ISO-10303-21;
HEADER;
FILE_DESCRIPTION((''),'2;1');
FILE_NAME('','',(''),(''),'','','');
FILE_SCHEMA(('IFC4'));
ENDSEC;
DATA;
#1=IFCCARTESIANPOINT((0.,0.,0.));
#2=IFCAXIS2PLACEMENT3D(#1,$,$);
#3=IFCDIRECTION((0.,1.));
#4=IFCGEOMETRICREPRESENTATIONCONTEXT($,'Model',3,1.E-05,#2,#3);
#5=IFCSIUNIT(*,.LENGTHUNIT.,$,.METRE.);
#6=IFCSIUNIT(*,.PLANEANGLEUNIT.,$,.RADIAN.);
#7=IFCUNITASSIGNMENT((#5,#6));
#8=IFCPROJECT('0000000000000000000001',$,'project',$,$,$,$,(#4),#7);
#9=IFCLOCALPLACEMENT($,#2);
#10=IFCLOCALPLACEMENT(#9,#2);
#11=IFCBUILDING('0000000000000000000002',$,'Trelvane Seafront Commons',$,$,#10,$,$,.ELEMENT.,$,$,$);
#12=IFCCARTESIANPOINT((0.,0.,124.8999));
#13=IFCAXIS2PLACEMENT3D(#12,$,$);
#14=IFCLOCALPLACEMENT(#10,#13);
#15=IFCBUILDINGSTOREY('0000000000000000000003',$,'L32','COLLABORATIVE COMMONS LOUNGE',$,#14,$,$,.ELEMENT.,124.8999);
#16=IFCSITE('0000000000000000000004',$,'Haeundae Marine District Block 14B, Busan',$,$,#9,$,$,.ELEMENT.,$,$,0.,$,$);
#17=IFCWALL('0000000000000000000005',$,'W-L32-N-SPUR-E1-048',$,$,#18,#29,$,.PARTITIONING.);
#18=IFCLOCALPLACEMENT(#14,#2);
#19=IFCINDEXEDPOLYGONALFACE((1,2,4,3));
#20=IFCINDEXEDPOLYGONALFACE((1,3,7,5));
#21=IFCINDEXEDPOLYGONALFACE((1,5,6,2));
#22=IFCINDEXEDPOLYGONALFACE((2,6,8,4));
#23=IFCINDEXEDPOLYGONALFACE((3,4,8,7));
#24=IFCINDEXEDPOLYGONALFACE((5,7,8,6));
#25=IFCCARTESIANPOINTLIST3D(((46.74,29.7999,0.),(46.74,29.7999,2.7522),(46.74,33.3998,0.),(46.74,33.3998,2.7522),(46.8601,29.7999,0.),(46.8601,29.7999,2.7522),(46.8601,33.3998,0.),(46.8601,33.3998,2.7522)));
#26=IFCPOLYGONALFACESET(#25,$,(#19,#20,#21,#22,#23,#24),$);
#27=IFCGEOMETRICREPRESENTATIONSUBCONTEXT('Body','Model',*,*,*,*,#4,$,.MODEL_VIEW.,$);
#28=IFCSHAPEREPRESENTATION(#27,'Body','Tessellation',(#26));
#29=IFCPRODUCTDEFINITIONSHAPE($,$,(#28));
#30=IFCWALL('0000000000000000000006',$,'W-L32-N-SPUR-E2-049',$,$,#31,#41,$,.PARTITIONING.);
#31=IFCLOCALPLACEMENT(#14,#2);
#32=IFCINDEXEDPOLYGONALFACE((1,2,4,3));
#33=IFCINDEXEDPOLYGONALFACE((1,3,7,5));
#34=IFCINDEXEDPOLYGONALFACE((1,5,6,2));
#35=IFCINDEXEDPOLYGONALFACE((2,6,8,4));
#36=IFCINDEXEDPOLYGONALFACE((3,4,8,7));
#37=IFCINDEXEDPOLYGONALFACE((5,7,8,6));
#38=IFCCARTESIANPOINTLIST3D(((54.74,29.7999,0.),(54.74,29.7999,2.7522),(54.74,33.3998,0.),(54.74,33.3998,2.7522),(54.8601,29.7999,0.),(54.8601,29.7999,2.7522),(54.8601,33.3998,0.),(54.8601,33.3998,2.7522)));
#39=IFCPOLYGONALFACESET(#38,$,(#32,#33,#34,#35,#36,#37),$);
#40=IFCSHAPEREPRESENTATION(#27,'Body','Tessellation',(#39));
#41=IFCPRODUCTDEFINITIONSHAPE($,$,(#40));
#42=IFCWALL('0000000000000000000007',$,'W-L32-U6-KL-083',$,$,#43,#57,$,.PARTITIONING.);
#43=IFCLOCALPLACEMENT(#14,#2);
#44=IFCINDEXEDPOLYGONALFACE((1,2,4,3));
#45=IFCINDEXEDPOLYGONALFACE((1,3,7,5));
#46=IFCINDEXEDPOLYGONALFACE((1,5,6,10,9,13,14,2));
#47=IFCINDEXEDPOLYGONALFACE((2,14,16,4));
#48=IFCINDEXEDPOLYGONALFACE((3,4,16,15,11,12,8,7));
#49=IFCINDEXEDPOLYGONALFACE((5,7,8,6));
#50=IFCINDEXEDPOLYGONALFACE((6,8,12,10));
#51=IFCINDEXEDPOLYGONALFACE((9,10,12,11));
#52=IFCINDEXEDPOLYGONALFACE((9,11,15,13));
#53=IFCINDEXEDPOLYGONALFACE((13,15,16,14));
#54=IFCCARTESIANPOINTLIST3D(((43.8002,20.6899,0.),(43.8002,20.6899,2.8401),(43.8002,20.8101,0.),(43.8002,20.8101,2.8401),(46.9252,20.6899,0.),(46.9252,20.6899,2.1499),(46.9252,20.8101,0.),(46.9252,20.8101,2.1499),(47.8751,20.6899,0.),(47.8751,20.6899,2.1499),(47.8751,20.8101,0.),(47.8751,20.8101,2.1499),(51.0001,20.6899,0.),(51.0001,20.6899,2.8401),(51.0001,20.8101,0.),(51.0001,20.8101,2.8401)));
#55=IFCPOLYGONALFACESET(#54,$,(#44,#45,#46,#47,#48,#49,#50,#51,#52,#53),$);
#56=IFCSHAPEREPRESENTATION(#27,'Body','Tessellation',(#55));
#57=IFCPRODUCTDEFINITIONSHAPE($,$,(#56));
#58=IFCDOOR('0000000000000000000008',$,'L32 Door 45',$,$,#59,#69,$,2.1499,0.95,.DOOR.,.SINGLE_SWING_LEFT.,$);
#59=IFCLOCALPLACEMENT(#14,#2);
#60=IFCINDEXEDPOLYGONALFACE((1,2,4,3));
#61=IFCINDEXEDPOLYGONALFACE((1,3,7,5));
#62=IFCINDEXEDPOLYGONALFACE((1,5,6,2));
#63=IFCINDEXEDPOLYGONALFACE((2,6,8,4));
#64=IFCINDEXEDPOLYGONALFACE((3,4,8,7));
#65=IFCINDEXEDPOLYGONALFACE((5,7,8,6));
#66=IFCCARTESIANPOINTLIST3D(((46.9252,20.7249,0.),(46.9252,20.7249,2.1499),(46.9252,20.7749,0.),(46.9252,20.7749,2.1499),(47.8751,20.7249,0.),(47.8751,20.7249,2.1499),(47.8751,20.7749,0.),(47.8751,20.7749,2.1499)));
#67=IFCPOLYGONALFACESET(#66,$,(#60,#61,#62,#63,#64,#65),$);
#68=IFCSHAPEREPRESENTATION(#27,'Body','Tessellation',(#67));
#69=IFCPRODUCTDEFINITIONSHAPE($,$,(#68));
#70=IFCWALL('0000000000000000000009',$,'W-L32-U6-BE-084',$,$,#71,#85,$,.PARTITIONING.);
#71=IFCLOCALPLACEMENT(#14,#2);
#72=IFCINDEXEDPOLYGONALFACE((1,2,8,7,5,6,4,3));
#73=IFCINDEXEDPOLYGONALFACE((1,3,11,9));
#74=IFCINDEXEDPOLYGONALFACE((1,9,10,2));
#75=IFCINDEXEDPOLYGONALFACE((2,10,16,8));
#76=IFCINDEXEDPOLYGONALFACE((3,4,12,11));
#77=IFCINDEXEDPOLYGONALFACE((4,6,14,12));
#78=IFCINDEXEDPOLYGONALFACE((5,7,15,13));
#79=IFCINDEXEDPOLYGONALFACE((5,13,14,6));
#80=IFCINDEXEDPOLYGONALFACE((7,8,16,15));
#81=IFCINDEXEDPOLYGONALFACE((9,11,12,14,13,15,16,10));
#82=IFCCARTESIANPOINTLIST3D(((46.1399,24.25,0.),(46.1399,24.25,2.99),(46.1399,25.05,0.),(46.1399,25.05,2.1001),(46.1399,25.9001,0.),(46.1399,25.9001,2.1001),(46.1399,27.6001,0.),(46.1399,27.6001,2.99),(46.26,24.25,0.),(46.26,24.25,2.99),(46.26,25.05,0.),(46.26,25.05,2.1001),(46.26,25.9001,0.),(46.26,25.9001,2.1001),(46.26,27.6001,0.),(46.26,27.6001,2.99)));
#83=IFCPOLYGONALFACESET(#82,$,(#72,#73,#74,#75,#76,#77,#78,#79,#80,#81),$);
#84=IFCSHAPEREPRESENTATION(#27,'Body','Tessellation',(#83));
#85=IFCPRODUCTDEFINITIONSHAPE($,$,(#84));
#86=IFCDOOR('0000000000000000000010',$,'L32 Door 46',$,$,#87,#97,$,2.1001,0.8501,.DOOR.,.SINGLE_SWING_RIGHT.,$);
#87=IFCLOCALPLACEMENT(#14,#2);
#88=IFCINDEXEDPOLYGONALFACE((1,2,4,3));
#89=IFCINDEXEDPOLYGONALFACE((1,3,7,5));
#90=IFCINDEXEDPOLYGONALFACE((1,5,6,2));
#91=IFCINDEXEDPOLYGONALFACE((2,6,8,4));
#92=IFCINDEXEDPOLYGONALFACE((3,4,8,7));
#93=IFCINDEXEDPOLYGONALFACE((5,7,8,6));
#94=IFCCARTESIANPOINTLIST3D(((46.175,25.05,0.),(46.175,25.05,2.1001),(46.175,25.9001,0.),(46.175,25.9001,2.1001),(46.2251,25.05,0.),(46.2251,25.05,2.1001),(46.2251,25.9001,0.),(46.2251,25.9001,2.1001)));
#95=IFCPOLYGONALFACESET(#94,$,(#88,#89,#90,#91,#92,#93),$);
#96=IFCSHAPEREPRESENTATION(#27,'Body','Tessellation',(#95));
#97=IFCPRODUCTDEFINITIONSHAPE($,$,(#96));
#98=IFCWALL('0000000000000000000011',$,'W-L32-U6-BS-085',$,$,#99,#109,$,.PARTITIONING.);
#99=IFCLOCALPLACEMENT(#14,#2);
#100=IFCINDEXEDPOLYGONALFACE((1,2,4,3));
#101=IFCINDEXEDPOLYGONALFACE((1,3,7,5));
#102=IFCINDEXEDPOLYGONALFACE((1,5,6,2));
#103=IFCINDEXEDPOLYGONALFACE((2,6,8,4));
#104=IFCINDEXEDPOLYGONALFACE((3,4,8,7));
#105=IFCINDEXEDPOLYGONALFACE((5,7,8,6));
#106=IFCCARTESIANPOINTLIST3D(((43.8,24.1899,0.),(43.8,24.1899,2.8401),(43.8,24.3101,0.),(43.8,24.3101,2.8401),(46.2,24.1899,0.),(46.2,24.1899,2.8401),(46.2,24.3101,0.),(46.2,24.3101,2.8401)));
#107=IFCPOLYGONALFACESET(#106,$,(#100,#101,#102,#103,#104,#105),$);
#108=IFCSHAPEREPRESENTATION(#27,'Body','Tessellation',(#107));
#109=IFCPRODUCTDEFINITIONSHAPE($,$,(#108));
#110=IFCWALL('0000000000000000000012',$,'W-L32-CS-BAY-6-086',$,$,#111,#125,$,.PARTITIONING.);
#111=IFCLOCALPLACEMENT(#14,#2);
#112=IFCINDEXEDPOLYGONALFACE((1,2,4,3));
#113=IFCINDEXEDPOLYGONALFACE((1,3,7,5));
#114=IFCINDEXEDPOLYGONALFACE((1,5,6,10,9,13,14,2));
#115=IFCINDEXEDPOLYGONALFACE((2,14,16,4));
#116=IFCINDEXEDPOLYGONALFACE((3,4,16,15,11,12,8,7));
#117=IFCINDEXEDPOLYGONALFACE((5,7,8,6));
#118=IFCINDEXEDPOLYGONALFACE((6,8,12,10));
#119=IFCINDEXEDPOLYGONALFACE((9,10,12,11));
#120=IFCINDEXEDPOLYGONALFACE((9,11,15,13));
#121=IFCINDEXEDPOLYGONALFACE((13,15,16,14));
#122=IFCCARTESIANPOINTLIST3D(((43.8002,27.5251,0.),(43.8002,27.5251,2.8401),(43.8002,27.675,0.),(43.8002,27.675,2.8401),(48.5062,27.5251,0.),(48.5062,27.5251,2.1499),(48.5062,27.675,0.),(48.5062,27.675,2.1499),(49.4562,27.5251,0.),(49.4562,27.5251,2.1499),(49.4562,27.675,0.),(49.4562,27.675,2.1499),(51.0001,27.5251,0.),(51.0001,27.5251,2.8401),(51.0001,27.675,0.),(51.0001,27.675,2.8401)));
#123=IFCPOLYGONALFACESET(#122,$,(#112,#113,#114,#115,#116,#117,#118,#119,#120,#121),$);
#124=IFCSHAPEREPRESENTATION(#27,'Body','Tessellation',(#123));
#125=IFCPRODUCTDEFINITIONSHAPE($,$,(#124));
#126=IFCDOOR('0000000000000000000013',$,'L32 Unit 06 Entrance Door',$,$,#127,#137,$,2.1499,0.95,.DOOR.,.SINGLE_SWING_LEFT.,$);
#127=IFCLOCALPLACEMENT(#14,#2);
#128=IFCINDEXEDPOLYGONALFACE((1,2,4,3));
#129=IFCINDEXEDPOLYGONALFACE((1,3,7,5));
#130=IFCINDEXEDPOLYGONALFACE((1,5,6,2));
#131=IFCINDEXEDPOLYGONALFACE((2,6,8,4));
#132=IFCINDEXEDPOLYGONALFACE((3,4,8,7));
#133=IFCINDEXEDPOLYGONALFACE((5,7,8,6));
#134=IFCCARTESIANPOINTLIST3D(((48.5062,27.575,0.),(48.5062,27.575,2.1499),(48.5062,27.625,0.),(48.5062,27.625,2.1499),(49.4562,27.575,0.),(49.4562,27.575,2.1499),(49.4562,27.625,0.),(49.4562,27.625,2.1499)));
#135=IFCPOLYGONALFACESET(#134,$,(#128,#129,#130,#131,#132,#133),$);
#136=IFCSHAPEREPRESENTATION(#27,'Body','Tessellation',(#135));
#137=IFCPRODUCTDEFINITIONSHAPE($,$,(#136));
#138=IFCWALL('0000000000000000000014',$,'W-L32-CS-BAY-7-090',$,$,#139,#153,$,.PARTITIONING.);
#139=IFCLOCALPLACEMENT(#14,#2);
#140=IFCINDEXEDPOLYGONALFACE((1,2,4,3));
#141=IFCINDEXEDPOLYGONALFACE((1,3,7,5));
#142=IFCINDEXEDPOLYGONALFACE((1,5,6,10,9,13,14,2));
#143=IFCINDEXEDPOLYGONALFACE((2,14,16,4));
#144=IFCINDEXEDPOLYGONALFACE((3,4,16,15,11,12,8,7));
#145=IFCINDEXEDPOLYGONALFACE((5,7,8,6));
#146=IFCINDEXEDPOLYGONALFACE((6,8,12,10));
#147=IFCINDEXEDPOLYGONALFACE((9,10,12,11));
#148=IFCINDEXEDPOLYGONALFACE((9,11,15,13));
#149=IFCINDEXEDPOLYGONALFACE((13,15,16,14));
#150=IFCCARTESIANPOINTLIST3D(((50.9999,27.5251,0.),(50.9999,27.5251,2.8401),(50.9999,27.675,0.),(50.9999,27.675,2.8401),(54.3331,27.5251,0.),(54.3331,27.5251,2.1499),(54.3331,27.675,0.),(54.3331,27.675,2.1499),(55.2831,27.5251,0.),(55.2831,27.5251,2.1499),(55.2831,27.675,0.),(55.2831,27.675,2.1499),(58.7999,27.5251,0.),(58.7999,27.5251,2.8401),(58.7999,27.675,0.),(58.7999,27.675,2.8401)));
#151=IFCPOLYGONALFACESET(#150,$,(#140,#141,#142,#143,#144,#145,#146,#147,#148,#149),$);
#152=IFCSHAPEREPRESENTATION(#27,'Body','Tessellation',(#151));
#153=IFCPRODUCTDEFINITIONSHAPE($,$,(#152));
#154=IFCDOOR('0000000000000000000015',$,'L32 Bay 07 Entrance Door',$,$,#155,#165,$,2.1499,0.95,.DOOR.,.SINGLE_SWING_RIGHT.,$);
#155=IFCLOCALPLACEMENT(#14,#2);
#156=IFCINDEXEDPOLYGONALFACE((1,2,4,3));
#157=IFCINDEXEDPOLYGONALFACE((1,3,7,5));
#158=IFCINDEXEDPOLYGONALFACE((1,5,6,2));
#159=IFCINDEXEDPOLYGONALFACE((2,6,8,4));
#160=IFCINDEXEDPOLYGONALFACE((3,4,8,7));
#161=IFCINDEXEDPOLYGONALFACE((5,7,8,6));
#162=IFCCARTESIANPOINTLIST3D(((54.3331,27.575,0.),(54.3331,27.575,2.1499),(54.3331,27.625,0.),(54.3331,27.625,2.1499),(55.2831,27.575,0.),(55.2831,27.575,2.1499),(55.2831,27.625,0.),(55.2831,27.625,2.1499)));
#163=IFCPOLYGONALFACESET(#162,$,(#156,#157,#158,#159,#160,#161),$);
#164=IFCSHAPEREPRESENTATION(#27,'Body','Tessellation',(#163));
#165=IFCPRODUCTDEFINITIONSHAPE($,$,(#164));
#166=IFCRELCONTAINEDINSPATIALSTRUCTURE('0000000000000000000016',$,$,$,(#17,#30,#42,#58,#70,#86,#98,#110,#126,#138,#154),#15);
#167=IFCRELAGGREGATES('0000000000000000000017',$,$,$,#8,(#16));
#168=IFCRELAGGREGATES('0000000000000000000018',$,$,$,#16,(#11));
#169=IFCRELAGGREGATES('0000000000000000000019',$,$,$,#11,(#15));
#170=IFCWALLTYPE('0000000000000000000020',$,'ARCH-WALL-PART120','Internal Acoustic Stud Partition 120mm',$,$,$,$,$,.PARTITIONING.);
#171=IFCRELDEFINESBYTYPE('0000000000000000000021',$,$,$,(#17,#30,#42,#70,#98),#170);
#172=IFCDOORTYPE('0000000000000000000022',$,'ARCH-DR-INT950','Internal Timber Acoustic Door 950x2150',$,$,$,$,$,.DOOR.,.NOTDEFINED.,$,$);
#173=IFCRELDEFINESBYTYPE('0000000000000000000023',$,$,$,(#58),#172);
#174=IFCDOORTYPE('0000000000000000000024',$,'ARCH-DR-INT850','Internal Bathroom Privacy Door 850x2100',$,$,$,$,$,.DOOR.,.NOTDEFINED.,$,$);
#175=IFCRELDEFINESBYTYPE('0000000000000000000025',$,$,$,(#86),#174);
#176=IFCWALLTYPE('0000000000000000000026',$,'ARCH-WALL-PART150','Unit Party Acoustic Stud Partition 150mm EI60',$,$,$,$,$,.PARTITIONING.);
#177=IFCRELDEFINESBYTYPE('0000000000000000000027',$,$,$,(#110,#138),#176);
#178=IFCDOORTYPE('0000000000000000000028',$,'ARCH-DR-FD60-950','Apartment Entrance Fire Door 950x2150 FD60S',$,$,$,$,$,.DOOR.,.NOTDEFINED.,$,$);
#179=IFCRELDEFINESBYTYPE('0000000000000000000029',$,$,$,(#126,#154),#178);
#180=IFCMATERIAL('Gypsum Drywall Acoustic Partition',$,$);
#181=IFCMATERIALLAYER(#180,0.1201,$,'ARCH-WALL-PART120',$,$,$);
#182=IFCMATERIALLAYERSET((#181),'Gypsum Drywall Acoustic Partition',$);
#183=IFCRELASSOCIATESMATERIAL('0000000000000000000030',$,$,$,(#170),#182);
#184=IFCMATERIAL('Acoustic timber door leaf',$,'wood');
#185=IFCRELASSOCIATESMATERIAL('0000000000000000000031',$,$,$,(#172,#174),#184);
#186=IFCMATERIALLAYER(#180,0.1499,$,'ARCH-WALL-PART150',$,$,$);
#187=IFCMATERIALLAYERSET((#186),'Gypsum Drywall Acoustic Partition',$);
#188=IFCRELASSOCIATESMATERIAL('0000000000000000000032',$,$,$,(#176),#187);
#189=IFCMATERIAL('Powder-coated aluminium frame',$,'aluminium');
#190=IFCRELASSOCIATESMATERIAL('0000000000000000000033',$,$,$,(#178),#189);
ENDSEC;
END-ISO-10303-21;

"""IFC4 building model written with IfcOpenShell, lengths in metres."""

from ifc_helpers import new_model, si_unit, direction, frame, frame_2d, origin, place, context, subcontext, project, spatial, rectangle, extrude, source, transform, mapped, material, layer, layer_set, type_object, element, fill, save


model = new_model("IFC4")

# Units and contexts
model_context = context("Model", 3, precision=1e-05, world=origin(), true_north=direction((0.0, 1.0)))
body_context = subcontext(model_context, "Body", "Model", "MODEL_VIEW")
ifc_project = project(units=[si_unit("LENGTHUNIT", "METRE"), si_unit("PLANEANGLEUNIT", "RADIAN")], contexts=[model_context])

# Site, building, storey
site_placement = place(None, origin())
site = spatial("IfcSite", under=ifc_project, at=site_placement, Name="Haeundae Marine District Block 14B, Busan", CompositionType="ELEMENT", RefElevation=0.0)
building_placement = place(site_placement, origin())
building = spatial("IfcBuilding", under=site, at=building_placement, Name="Trelvane Seafront Commons", CompositionType="ELEMENT")
storey_placement = place(building_placement, frame((0.0, 0.0, 124.8999)))
storey = spatial("IfcBuildingStorey", under=building, at=storey_placement, Name="L32", Description="COLLABORATIVE COMMONS LOUNGE", CompositionType="ELEMENT", Elevation=124.8999)

# Shared definitions
ifc_material_1 = material(Name="Gypsum Drywall Acoustic Partition")
ifc_layer_1 = layer(ifc_material_1, 0.1201, Name="ARCH-WALL-PART120")
ifc_layer_set_1 = layer_set([ifc_layer_1], Name="Gypsum Drywall Acoustic Partition")
wall_type_1 = type_object("IfcWallType", Name="ARCH-WALL-PART120", Description="Internal Acoustic Stud Partition 120mm", PredefinedType="PARTITIONING", material=ifc_layer_set_1)
ifc_material_2 = material(Name="Acoustic timber door leaf", Category="wood")
door_type_1 = type_object("IfcDoorType", Name="ARCH-DR-INT950", Description="Internal Timber Acoustic Door 950x2150", OperationType="NOTDEFINED", PredefinedType="DOOR", material=ifc_material_2)
shared_shape_1 = source(origin(), body_context, "Body", "SweptSolid", [
    extrude(rectangle(XDim=0.95, YDim=2.1499, at=frame_2d((0.4751, 1.075))), frame((0.0, 0.0249, 0.0), z_axis=(0.0, -1.0, 0.0), x_axis=(1.0, 0.0, 0.0)), (0.0, 0.0, 1.0), 0.05),
])

# Walls
for number, where, z_axis, x_axis, name in (
    (1, (46.8, 29.8, 0.0), (0.0, 0.0, 1.0), (0.0, 1.0, 0.0), "W-L32-N-SPUR-E1-048"),
    (2, (54.8, 29.8, 0.0), (0.0, 0.0, 1.0), (0.0, 1.0, 0.0), "W-L32-N-SPUR-E2-049"),
):
    element("IfcWall", number, at=place(storey_placement, frame(where, z_axis=z_axis, x_axis=x_axis)), inside=storey, type_object=wall_type_1, Name=name, PredefinedType="PARTITIONING", context=body_context, shape_type="SweptSolid", body=[
        extrude(rectangle(XDim=3.5999, YDim=0.1201, at=frame_2d((1.7998, 0.0))), origin(), (0.0, 0.0, 1.0), 2.7522),
    ])

# Walls, openings, doors
wall_1_placement = place(storey_placement, frame((43.8, 20.75, 0.0), z_axis=(0.0, 0.0, 1.0), x_axis=(1.0, 0.0, 0.0)))
wall_1 = element("IfcWall", 3, at=wall_1_placement, inside=storey, type_object=wall_type_1, Name="W-L32-U6-KL-083", PredefinedType="PARTITIONING", context=body_context, shape_type="SweptSolid", body=[
    extrude(rectangle(XDim=7.2, YDim=0.1201, at=frame_2d((3.6001, 0.0))), origin(), (0.0, 0.0, 1.0), 2.8401),
])
opening_1_placement = place(wall_1_placement, frame((3.125, 0.0, 0.0)))
opening_1 = element("IfcOpeningElement", 4, at=opening_1_placement, cuts=wall_1, PredefinedType="OPENING", context=body_context, shape_type="SweptSolid", body=[
    extrude(rectangle(XDim=0.95, YDim=2.1499, at=frame_2d((0.4751, 1.075))), frame((0.0, 0.0701, 0.0), z_axis=(0.0, -1.0, 0.0), x_axis=(1.0, 0.0, 0.0)), (0.0, 0.0, 1.0), 0.1401),
])
door_1_placement = place(opening_1_placement, origin())
door_1 = element("IfcDoor", 5, at=door_1_placement, inside=storey, type_object=door_type_1, Name="L32 Door 45", OperationType="SINGLE_SWING_LEFT", OverallHeight=2.1499, OverallWidth=0.95, PredefinedType="DOOR", context=body_context, shape_type="MappedRepresentation", body=[
    mapped(shared_shape_1, transform((0.0, 0.0, 0.0), x_axis=(1.0, 0.0, 0.0), y_axis=(0.0, 1.0, 0.0), z_axis=(0.0, 0.0, 1.0), scale=1.0)),
])
fill(opening_1, door_1)
wall_2_placement = place(storey_placement, frame((46.2, 24.25, 0.0), z_axis=(0.0, 0.0, 1.0), x_axis=(0.0, 1.0, 0.0)))
wall_2 = element("IfcWall", 6, at=wall_2_placement, inside=storey, type_object=wall_type_1, Name="W-L32-U6-BE-084", PredefinedType="PARTITIONING", context=body_context, shape_type="SweptSolid", body=[
    extrude(rectangle(XDim=3.3501, YDim=0.1201, at=frame_2d((1.675, 0.0))), origin(), (0.0, 0.0, 1.0), 2.99),
])
opening_2_placement = place(wall_2_placement, frame((0.8, 0.0, 0.0)))
opening_2 = element("IfcOpeningElement", 7, at=opening_2_placement, cuts=wall_2, PredefinedType="OPENING", context=body_context, shape_type="SweptSolid", body=[
    extrude(rectangle(XDim=0.8501, YDim=2.1001, at=frame_2d((0.425, 1.05))), frame((0.0, 0.0701, 0.0), z_axis=(0.0, -1.0, 0.0), x_axis=(1.0, 0.0, 0.0)), (0.0, 0.0, 1.0), 0.1401),
])
door_type_2 = type_object("IfcDoorType", Name="ARCH-DR-INT850", Description="Internal Bathroom Privacy Door 850x2100", OperationType="NOTDEFINED", PredefinedType="DOOR", material=ifc_material_2)
shared_shape_2 = source(origin(), body_context, "Body", "SweptSolid", [
    extrude(rectangle(XDim=0.8501, YDim=2.1001, at=frame_2d((0.425, 1.05))), frame((0.0, 0.0249, 0.0), z_axis=(0.0, -1.0, 0.0), x_axis=(1.0, 0.0, 0.0)), (0.0, 0.0, 1.0), 0.05),
])
door_2_placement = place(opening_2_placement, origin())
door_2 = element("IfcDoor", 8, at=door_2_placement, inside=storey, type_object=door_type_2, Name="L32 Door 46", OperationType="SINGLE_SWING_RIGHT", OverallHeight=2.1001, OverallWidth=0.8501, PredefinedType="DOOR", context=body_context, shape_type="MappedRepresentation", body=[
    mapped(shared_shape_2, transform((0.0, 0.0, 0.0), x_axis=(1.0, 0.0, 0.0), y_axis=(0.0, 1.0, 0.0), z_axis=(0.0, 0.0, 1.0), scale=1.0)),
])
fill(opening_2, door_2)

# Wall
wall_3_placement = place(storey_placement, frame((43.8, 24.25, 0.0), z_axis=(0.0, 0.0, 1.0), x_axis=(1.0, 0.0, 0.0)))
element("IfcWall", 9, at=wall_3_placement, inside=storey, type_object=wall_type_1, Name="W-L32-U6-BS-085", PredefinedType="PARTITIONING", context=body_context, shape_type="SweptSolid", body=[
    extrude(rectangle(XDim=2.3999, YDim=0.1201, at=frame_2d((1.2, 0.0))), origin(), (0.0, 0.0, 1.0), 2.8401),
])

# Walls, openings, doors
ifc_layer_2 = layer(ifc_material_1, 0.1499, Name="ARCH-WALL-PART150")
ifc_layer_set_2 = layer_set([ifc_layer_2], Name="Gypsum Drywall Acoustic Partition")
wall_type_2 = type_object("IfcWallType", Name="ARCH-WALL-PART150", Description="Unit Party Acoustic Stud Partition 150mm EI60", PredefinedType="PARTITIONING", material=ifc_layer_set_2)
wall_4_placement = place(storey_placement, frame((43.8, 27.6001, 0.0), z_axis=(0.0, 0.0, 1.0), x_axis=(1.0, 0.0, 0.0)))
wall_4 = element("IfcWall", 10, at=wall_4_placement, inside=storey, type_object=wall_type_2, Name="W-L32-CS-BAY-6-086", PredefinedType="PARTITIONING", context=body_context, shape_type="SweptSolid", body=[
    extrude(rectangle(XDim=7.2, YDim=0.1499, at=frame_2d((3.6001, 0.0))), origin(), (0.0, 0.0, 1.0), 2.8401),
])
opening_3_placement = place(wall_4_placement, frame((4.7061, 0.0, 0.0)))
opening_3 = element("IfcOpeningElement", 11, at=opening_3_placement, cuts=wall_4, PredefinedType="OPENING", context=body_context, shape_type="SweptSolid", body=[
    extrude(rectangle(XDim=0.95, YDim=2.1499, at=frame_2d((0.4751, 1.075))), frame((0.0, 0.085, 0.0), z_axis=(0.0, -1.0, 0.0), x_axis=(1.0, 0.0, 0.0)), (0.0, 0.0, 1.0), 0.1699),
])
ifc_material_3 = material(Name="Powder-coated aluminium frame", Category="aluminium")
door_type_3 = type_object("IfcDoorType", Name="ARCH-DR-FD60-950", Description="Apartment Entrance Fire Door 950x2150 FD60S", OperationType="NOTDEFINED", PredefinedType="DOOR", material=ifc_material_3)
door_3_placement = place(opening_3_placement, origin())
door_3 = element("IfcDoor", 12, at=door_3_placement, inside=storey, type_object=door_type_3, Name="L32 Unit 06 Entrance Door", OperationType="SINGLE_SWING_LEFT", OverallHeight=2.1499, OverallWidth=0.95, PredefinedType="DOOR", context=body_context, shape_type="MappedRepresentation", body=[
    mapped(shared_shape_1, transform((0.0, 0.0, 0.0), x_axis=(1.0, 0.0, 0.0), y_axis=(0.0, 1.0, 0.0), z_axis=(0.0, 0.0, 1.0), scale=1.0)),
])
fill(opening_3, door_3)
wall_5_placement = place(storey_placement, frame((51.0, 27.6001, 0.0), z_axis=(0.0, 0.0, 1.0), x_axis=(1.0, 0.0, 0.0)))
wall_5 = element("IfcWall", 13, at=wall_5_placement, inside=storey, type_object=wall_type_2, Name="W-L32-CS-BAY-7-090", PredefinedType="PARTITIONING", context=body_context, shape_type="SweptSolid", body=[
    extrude(rectangle(XDim=7.8, YDim=0.1499, at=frame_2d((3.8999, 0.0))), origin(), (0.0, 0.0, 1.0), 2.8401),
])
opening_4_placement = place(wall_5_placement, frame((3.333, 0.0, 0.0)))
opening_4 = element("IfcOpeningElement", 14, at=opening_4_placement, cuts=wall_5, PredefinedType="OPENING", context=body_context, shape_type="SweptSolid", body=[
    extrude(rectangle(XDim=0.95, YDim=2.1499, at=frame_2d((0.4751, 1.075))), frame((0.0, 0.085, 0.0), z_axis=(0.0, -1.0, 0.0), x_axis=(1.0, 0.0, 0.0)), (0.0, 0.0, 1.0), 0.1699),
])
door_4_placement = place(opening_4_placement, origin())
door_4 = element("IfcDoor", 15, at=door_4_placement, inside=storey, type_object=door_type_3, Name="L32 Bay 07 Entrance Door", OperationType="SINGLE_SWING_RIGHT", OverallHeight=2.1499, OverallWidth=0.95, PredefinedType="DOOR", context=body_context, shape_type="MappedRepresentation", body=[
    mapped(shared_shape_1, transform((0.0, 0.0, 0.0), x_axis=(1.0, 0.0, 0.0), y_axis=(0.0, 1.0, 0.0), z_axis=(0.0, 0.0, 1.0), scale=1.0)),
])
fill(opening_4, door_4)

save(model, "model.ifc")
